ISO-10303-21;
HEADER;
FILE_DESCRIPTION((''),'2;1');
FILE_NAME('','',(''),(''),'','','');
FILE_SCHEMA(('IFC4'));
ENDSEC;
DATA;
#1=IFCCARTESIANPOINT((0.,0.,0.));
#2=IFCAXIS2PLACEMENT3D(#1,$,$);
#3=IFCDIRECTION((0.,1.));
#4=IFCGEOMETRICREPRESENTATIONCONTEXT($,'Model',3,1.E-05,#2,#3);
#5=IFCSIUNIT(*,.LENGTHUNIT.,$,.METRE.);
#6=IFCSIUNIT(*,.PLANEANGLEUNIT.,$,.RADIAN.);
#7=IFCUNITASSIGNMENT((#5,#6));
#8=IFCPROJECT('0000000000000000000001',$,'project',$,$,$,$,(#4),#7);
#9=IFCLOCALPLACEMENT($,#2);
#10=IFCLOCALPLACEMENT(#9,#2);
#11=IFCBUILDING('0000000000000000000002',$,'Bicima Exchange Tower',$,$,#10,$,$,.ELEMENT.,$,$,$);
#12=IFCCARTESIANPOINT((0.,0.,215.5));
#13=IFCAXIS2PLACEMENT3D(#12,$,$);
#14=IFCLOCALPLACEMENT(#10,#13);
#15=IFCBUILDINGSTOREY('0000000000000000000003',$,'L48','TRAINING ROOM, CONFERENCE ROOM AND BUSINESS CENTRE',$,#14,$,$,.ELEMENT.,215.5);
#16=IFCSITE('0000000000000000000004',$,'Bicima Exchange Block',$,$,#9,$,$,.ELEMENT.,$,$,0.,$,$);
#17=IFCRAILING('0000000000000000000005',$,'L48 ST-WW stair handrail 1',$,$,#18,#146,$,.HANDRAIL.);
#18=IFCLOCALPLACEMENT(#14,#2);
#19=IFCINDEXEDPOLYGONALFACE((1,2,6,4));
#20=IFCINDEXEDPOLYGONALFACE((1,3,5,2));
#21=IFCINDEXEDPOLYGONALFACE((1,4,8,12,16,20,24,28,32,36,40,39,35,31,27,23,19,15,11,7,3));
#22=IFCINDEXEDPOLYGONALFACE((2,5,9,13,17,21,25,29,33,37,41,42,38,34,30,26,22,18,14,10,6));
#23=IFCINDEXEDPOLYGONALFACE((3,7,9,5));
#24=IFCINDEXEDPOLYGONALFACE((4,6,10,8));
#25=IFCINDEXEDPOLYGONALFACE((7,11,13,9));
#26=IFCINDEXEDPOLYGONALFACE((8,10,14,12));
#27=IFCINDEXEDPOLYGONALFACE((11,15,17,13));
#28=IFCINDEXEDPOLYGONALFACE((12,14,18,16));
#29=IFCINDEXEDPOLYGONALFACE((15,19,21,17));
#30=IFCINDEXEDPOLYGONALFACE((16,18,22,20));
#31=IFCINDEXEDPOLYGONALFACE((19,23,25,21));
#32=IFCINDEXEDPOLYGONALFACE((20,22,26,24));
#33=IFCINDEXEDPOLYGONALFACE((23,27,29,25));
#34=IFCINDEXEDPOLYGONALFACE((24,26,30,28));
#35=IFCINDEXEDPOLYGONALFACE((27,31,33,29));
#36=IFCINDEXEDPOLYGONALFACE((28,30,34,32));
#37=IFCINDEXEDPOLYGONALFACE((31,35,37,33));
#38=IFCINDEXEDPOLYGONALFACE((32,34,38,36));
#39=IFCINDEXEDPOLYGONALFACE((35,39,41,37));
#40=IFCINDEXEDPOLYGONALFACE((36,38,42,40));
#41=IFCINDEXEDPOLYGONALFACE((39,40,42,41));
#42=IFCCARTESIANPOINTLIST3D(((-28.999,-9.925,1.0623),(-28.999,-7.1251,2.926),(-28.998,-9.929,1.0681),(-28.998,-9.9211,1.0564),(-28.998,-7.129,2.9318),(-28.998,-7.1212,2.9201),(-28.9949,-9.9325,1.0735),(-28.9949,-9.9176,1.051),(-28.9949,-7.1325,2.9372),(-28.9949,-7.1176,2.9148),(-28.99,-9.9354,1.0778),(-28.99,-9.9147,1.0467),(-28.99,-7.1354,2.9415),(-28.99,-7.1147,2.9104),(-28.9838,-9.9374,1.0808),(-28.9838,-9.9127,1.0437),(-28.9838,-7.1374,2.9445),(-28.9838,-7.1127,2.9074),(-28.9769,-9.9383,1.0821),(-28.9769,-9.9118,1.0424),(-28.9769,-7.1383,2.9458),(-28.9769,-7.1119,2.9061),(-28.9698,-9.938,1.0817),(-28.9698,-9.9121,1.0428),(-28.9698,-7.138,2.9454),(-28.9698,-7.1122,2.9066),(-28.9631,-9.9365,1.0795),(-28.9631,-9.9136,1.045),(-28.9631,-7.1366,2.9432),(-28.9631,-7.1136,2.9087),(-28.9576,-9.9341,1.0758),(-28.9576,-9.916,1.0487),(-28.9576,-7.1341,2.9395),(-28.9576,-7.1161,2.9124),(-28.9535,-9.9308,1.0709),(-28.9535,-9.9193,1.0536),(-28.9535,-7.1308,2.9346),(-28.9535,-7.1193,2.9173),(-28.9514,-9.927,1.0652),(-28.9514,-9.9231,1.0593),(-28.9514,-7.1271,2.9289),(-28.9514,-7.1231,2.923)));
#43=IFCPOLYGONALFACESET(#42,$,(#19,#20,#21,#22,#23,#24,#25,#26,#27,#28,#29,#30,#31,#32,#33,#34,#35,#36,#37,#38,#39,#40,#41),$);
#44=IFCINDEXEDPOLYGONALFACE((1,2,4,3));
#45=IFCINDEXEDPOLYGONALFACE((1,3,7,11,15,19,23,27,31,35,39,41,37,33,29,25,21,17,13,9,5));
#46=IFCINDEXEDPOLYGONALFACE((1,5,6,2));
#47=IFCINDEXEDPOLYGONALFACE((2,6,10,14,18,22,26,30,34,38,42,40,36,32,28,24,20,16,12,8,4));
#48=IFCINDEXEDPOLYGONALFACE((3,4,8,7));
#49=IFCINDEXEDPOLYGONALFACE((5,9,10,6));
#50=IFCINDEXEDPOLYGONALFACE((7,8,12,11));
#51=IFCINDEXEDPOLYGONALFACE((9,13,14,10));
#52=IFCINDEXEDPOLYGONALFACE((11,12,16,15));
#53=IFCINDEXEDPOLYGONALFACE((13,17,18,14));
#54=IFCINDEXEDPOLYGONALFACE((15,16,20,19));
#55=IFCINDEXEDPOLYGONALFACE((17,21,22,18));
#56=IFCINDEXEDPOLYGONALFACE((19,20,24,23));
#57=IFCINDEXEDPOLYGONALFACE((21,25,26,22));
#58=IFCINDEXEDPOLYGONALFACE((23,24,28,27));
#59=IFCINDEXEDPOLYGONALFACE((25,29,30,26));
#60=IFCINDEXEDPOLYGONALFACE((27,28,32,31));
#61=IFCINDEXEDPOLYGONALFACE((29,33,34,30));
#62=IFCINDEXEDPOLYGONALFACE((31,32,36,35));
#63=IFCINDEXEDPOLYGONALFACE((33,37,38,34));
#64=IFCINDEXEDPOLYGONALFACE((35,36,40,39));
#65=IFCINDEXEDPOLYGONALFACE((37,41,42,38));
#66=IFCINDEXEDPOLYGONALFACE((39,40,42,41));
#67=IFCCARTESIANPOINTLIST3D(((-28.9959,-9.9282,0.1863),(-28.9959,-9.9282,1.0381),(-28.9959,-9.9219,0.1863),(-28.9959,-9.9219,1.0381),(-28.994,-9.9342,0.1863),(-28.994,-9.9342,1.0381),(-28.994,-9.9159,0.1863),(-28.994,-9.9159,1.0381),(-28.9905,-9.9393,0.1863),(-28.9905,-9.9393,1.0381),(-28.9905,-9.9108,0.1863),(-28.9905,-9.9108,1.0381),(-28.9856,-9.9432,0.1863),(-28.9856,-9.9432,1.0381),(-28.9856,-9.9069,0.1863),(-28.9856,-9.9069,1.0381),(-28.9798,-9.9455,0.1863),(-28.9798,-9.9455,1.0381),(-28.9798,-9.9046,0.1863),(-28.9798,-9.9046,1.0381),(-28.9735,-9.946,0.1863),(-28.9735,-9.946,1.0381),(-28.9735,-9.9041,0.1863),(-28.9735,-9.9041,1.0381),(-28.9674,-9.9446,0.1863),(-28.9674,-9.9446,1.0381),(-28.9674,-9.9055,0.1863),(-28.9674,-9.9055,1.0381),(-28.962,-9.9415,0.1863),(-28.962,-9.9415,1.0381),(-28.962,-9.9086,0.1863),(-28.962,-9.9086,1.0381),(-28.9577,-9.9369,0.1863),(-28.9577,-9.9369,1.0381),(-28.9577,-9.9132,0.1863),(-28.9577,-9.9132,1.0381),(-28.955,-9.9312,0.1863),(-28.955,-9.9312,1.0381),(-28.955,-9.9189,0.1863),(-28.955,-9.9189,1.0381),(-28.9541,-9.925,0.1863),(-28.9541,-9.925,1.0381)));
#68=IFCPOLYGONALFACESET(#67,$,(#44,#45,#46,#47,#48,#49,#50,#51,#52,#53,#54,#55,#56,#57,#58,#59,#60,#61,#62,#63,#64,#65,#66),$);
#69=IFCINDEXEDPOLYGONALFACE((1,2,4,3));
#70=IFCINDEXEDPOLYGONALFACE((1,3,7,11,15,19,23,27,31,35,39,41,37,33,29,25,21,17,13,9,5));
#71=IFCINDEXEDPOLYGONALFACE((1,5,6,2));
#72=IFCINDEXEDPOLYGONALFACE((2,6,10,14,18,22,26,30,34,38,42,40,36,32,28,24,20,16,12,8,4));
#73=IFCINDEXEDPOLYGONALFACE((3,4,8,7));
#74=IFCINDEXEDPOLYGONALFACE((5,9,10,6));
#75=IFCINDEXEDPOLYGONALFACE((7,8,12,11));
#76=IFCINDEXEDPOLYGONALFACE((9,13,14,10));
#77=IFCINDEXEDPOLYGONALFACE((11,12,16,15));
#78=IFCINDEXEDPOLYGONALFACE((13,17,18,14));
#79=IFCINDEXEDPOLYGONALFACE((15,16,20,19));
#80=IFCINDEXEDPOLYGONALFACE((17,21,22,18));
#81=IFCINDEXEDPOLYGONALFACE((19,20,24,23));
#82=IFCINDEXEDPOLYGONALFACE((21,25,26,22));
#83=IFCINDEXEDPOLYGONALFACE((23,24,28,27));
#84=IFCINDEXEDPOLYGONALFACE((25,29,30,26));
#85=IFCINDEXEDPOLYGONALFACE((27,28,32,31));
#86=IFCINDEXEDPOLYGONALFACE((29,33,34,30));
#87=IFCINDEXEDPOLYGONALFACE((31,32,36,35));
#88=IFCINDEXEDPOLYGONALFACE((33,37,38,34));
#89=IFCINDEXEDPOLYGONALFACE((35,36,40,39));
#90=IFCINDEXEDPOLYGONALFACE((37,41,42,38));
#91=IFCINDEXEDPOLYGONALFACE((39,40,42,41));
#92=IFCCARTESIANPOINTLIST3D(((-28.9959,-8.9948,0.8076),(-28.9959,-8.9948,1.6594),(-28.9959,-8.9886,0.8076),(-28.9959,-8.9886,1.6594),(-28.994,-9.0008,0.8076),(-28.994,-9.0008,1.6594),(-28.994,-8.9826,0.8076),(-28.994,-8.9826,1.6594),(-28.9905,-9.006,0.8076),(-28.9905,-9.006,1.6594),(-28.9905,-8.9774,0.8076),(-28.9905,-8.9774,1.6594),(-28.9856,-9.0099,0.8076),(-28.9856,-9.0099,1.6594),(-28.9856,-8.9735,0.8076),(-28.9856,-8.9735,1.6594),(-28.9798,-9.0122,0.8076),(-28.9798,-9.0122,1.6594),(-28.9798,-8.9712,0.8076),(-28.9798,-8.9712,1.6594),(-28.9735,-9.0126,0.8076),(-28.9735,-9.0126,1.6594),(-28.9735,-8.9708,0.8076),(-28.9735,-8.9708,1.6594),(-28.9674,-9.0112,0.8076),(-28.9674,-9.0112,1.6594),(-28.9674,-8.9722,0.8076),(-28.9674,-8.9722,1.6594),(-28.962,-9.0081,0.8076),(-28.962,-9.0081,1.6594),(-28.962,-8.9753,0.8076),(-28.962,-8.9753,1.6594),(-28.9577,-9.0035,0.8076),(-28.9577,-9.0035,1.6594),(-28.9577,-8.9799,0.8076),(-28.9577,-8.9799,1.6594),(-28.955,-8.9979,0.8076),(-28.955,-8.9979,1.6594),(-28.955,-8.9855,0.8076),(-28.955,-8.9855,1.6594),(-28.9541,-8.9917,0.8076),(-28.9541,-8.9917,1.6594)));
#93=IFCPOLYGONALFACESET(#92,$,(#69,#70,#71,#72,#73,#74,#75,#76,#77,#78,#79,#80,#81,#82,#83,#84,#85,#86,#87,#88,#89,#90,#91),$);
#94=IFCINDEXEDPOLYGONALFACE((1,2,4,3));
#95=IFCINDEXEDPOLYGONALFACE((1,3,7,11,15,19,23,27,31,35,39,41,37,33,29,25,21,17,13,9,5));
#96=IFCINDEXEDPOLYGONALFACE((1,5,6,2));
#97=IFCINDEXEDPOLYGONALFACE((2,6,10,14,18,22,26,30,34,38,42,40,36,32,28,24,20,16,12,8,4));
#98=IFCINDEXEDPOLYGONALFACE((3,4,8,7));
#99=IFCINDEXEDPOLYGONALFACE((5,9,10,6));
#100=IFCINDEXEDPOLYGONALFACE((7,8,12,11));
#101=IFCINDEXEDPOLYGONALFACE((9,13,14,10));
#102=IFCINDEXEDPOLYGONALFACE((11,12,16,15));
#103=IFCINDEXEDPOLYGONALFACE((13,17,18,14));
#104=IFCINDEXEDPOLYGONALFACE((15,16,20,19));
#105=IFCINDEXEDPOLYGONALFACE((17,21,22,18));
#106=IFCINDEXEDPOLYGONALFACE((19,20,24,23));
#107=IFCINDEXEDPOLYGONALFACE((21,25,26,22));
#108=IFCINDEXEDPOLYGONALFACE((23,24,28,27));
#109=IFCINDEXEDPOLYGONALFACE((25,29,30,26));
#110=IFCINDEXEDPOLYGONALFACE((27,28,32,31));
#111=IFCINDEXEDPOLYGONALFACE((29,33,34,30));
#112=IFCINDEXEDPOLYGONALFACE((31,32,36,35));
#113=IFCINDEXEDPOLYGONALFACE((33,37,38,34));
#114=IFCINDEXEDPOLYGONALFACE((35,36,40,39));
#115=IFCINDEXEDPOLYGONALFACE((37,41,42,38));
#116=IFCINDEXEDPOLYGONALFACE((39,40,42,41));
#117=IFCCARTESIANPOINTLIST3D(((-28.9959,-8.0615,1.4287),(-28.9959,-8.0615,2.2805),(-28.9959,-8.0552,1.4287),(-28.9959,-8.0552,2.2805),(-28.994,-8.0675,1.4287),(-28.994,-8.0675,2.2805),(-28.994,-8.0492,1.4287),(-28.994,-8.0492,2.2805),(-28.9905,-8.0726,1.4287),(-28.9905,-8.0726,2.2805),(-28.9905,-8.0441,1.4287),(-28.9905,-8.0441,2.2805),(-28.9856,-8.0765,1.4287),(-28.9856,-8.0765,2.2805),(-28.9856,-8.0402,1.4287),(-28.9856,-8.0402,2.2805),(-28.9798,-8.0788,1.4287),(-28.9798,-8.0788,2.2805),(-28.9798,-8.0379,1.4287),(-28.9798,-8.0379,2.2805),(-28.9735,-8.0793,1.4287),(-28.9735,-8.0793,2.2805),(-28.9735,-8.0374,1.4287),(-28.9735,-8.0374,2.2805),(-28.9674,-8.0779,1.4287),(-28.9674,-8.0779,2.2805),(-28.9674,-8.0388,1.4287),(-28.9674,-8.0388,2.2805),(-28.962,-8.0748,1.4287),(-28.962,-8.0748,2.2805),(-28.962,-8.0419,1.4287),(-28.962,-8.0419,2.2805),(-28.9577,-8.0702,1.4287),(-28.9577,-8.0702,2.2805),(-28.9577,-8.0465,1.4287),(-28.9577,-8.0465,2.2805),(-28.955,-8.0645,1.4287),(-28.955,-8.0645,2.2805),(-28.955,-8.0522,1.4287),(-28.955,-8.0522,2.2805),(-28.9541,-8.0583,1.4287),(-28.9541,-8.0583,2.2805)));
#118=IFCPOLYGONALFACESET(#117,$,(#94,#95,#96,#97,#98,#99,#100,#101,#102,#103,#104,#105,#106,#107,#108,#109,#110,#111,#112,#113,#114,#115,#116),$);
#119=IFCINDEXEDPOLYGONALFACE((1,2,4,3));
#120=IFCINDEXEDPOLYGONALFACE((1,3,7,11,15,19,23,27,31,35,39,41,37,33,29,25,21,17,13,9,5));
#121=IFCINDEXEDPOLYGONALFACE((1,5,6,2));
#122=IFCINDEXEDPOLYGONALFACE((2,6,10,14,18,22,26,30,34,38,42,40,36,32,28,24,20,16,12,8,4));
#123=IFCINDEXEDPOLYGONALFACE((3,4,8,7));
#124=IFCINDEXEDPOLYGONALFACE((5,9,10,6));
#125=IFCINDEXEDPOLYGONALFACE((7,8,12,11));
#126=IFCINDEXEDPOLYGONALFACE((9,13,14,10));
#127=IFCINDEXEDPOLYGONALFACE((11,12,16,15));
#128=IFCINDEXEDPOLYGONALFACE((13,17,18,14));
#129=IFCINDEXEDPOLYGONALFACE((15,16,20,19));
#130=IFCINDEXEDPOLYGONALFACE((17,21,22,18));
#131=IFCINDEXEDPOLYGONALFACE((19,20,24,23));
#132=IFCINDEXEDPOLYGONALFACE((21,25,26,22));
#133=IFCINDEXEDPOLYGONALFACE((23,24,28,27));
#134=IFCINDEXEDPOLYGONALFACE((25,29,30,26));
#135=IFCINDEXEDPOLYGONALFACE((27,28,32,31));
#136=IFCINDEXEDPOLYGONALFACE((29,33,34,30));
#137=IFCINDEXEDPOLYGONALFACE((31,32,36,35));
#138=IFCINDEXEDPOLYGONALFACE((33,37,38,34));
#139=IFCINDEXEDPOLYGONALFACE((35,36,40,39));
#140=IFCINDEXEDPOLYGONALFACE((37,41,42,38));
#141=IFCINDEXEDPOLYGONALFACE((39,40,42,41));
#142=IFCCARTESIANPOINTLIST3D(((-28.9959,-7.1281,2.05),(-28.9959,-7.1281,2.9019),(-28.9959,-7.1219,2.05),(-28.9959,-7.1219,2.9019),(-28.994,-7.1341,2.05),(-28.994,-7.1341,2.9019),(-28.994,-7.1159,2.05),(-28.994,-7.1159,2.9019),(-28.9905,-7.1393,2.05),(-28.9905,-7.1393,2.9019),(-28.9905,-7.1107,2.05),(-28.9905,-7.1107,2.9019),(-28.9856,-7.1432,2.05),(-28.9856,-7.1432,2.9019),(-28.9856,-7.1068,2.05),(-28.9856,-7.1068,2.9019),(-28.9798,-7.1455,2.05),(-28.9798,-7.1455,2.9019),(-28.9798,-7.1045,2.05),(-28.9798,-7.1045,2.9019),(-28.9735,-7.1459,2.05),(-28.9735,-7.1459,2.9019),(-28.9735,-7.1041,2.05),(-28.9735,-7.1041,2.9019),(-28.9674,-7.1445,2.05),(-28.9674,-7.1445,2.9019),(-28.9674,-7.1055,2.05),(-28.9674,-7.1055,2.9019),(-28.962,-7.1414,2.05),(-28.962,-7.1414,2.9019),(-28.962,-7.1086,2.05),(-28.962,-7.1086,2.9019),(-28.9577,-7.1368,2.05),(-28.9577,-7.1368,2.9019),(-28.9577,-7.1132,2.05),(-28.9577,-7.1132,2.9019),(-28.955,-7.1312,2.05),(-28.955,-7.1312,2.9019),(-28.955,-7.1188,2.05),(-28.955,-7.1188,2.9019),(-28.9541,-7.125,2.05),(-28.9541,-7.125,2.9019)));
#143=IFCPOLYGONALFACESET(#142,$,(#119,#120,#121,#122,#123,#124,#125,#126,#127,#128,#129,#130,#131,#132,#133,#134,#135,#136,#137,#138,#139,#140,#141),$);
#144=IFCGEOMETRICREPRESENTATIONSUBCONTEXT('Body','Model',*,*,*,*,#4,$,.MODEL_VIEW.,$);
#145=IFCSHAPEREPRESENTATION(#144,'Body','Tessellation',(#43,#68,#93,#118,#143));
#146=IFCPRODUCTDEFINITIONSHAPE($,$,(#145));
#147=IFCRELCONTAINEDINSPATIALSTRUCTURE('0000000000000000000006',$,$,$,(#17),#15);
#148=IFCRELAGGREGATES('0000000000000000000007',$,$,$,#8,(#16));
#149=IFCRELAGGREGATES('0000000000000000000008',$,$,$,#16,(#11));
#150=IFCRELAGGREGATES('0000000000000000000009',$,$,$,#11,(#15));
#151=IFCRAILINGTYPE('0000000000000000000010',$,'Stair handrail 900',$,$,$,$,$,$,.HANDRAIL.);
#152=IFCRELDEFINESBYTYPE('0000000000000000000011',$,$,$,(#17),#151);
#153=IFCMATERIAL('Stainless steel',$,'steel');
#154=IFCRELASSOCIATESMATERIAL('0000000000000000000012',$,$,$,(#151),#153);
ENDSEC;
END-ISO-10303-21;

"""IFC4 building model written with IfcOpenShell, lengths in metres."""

from ifc_helpers import new_model, si_unit, direction, frame, origin, origin_2d, place, context, subcontext, project, spatial, circle, extrude, material, type_object, element, save


model = new_model("IFC4")

# Units and contexts
model_context = context("Model", 3, precision=1e-05, world=origin(), true_north=direction((0.0, 1.0)))
body_context = subcontext(model_context, "Body", "Model", "MODEL_VIEW")
ifc_project = project(units=[si_unit("LENGTHUNIT", "METRE"), si_unit("PLANEANGLEUNIT", "RADIAN")], contexts=[model_context])

# Site, building, storey
site_placement = place(None, origin())
site = spatial("IfcSite", under=ifc_project, at=site_placement, Name="Bicima Exchange Block", CompositionType="ELEMENT", RefElevation=0.0)
building_placement = place(site_placement, origin())
building = spatial("IfcBuilding", under=site, at=building_placement, Name="Bicima Exchange Tower", CompositionType="ELEMENT")
storey_placement = place(building_placement, frame((0.0, 0.0, 215.5)))
storey = spatial("IfcBuildingStorey", under=building, at=storey_placement, Name="L48", Description="TRAINING ROOM, CONFERENCE ROOM AND BUSINESS CENTRE", CompositionType="ELEMENT", Elevation=215.5)

# Railing
ifc_material_1 = material(Name="Stainless steel", Category="steel")
railing_type_1 = type_object("IfcRailingType", Name="Stair handrail 900", PredefinedType="HANDRAIL", material=ifc_material_1)
railing_1_placement = place(storey_placement, frame((-28.9751, -9.925, 0.1863)))
element("IfcRailing", 1, at=railing_1_placement, inside=storey, type_object=railing_type_1, Name="L48 ST-WW stair handrail 1", PredefinedType="HANDRAIL", context=body_context, shape_type="SweptSolid", body=[
    extrude(circle(Radius=0.0239, at=origin_2d()), frame((0.0, 0.0, 0.876), z_axis=(0.0, 0.832452, 0.554097), x_axis=(-1.0, 0.0, 0.0)), (0.0, 0.0, 1.0), 3.3635),
    extrude(circle(Radius=0.021, at=origin_2d()), origin(), (0.0, 0.0, 1.0), 0.8518),
    extrude(circle(Radius=0.021, at=origin_2d()), frame((0.0, 0.9333, 0.6213)), (0.0, 0.0, 1.0), 0.8518),
    extrude(circle(Radius=0.021, at=origin_2d()), frame((0.0, 1.8667, 1.2424)), (0.0, 0.0, 1.0), 0.8518),
    extrude(circle(Radius=0.021, at=origin_2d()), frame((0.0, 2.8, 1.8638)), (0.0, 0.0, 1.0), 0.8518),
])

save(model, "model.ifc")
